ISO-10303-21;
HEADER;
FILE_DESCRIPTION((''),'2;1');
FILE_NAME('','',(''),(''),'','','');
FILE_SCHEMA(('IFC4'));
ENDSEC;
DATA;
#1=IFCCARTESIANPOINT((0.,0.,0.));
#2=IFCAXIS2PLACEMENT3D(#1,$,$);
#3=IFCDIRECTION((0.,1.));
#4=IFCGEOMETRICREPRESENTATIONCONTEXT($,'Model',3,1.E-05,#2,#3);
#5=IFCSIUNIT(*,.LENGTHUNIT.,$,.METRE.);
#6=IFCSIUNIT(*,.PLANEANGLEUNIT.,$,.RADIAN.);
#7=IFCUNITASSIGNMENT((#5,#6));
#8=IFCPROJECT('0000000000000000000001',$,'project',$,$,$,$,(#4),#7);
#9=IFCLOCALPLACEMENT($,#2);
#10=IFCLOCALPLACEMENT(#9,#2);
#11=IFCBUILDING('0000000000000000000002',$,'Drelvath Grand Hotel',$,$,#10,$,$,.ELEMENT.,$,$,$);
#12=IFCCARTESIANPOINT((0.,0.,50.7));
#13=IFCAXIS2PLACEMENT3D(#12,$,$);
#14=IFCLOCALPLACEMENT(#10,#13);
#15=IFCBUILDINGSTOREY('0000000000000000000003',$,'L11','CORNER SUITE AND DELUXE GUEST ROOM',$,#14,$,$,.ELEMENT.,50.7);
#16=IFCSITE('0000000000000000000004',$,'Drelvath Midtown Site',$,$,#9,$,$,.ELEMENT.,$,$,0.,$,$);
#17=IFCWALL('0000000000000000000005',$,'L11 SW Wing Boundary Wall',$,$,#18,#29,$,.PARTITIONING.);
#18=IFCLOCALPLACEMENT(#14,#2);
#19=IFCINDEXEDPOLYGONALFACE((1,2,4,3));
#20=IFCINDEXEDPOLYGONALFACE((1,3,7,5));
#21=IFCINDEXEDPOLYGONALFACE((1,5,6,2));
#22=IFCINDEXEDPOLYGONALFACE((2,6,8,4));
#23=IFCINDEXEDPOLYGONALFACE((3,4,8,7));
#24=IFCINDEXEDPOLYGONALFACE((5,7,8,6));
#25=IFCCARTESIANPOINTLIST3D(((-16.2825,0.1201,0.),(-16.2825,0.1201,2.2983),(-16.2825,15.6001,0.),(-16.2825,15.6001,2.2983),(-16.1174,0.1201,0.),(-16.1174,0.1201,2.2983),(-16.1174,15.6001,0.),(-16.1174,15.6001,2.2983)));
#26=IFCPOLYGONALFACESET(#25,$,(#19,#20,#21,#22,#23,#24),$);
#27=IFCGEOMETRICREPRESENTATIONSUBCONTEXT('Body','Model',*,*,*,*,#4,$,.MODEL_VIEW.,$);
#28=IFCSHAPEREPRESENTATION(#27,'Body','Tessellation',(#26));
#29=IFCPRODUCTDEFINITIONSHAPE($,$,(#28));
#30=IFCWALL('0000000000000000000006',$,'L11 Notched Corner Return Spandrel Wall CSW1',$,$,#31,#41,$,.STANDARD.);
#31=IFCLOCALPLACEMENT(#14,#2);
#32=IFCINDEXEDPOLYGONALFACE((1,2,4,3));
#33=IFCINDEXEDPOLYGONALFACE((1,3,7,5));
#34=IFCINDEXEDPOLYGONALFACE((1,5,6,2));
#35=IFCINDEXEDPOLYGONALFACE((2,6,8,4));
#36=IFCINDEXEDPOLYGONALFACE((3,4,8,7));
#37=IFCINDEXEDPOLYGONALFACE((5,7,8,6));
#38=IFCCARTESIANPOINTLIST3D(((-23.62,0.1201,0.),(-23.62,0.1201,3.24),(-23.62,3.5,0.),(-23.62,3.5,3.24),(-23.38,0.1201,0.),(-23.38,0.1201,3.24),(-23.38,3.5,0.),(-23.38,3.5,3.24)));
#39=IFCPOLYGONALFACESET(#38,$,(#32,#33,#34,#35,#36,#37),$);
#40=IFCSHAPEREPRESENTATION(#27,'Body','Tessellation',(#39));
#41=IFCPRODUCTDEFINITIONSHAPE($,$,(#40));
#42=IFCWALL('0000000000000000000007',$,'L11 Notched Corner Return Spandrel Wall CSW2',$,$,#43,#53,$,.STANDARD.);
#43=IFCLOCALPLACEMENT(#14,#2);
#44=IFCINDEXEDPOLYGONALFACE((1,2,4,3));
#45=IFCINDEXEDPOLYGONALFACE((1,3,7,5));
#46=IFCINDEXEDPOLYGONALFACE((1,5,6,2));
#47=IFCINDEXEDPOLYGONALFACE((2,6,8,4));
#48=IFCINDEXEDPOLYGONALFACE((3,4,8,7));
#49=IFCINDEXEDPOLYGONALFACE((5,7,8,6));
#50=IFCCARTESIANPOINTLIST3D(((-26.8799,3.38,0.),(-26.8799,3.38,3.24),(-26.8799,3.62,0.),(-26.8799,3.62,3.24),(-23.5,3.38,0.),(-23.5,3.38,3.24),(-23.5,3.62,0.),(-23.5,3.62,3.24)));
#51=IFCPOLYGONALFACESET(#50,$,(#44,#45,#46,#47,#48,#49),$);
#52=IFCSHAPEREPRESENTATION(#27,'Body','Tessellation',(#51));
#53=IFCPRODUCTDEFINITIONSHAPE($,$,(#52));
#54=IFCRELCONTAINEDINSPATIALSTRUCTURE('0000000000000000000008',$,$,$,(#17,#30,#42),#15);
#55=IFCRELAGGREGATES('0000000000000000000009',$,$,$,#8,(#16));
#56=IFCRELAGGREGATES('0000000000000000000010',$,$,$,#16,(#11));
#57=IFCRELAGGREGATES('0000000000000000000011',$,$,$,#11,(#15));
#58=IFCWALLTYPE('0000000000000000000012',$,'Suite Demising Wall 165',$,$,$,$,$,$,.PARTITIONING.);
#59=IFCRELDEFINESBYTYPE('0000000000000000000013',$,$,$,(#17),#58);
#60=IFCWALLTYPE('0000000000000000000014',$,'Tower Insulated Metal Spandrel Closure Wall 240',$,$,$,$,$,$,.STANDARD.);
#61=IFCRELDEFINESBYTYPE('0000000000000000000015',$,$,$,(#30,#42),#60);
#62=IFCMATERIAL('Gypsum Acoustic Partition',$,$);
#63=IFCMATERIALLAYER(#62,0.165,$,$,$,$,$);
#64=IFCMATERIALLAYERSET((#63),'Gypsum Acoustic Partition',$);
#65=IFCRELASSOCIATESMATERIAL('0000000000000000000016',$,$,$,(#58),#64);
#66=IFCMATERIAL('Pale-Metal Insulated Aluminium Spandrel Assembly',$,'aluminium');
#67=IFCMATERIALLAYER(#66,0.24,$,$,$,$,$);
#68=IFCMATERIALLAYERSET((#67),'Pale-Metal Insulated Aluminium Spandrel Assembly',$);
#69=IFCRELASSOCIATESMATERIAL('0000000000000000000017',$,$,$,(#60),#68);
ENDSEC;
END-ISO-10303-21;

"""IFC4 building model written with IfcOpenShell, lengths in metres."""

from ifc_helpers import new_model, si_unit, direction, frame, frame_2d, origin, place, context, subcontext, project, spatial, rectangle, extrude, material, layer, layer_set, type_object, element, save


model = new_model("IFC4")

# Units and contexts
model_context = context("Model", 3, precision=1e-05, world=origin(), true_north=direction((0.0, 1.0)))
body_context = subcontext(model_context, "Body", "Model", "MODEL_VIEW")
ifc_project = project(units=[si_unit("LENGTHUNIT", "METRE"), si_unit("PLANEANGLEUNIT", "RADIAN")], contexts=[model_context])

# Site, building, storey
site_placement = place(None, origin())
site = spatial("IfcSite", under=ifc_project, at=site_placement, Name="Drelvath Midtown Site", CompositionType="ELEMENT", RefElevation=0.0)
building_placement = place(site_placement, origin())
building = spatial("IfcBuilding", under=site, at=building_placement, Name="Drelvath Grand Hotel", CompositionType="ELEMENT")
storey_placement = place(building_placement, frame((0.0, 0.0, 50.7)))
storey = spatial("IfcBuildingStorey", under=building, at=storey_placement, Name="L11", Description="CORNER SUITE AND DELUXE GUEST ROOM", CompositionType="ELEMENT", Elevation=50.7)

# Walls
ifc_material_1 = material(Name="Gypsum Acoustic Partition")
ifc_layer_1 = layer(ifc_material_1, 0.165)
ifc_layer_set_1 = layer_set([ifc_layer_1], Name="Gypsum Acoustic Partition")
wall_type_1 = type_object("IfcWallType", Name="Suite Demising Wall 165", PredefinedType="PARTITIONING", material=ifc_layer_set_1)
wall_placement = place(storey_placement, frame((-16.2, 0.1201, 0.0), z_axis=(0.0, 0.0, 1.0), x_axis=(0.0, 1.0, 0.0)))
element("IfcWall", 1, at=wall_placement, inside=storey, type_object=wall_type_1, Name="L11 SW Wing Boundary Wall", PredefinedType="PARTITIONING", context=body_context, shape_type="SweptSolid", body=[
    extrude(rectangle(XDim=15.48, YDim=0.165, at=frame_2d((7.74, 0.0))), origin(), (0.0, 0.0, 1.0), 2.2983),
])
ifc_material_2 = material(Name="Pale-Metal Insulated Aluminium Spandrel Assembly", Category="aluminium")
ifc_layer_2 = layer(ifc_material_2, 0.24)
ifc_layer_set_2 = layer_set([ifc_layer_2], Name="Pale-Metal Insulated Aluminium Spandrel Assembly")
wall_type_2 = type_object("IfcWallType", Name="Tower Insulated Metal Spandrel Closure Wall 240", PredefinedType="STANDARD", material=ifc_layer_set_2)
for number, where, z_axis, x_axis, name in (
    (2, (-23.5, 0.1201, 0.0), (0.0, 0.0, 1.0), (0.0, 1.0, 0.0), "L11 Notched Corner Return Spandrel Wall CSW1"),
    (3, (-23.5, 3.5, 0.0), (0.0, 0.0, 1.0), (-1.0, 0.0, 0.0), "L11 Notched Corner Return Spandrel Wall CSW2"),
):
    element("IfcWall", number, at=place(storey_placement, frame(where, z_axis=z_axis, x_axis=x_axis)), inside=storey, type_object=wall_type_2, Name=name, PredefinedType="STANDARD", context=body_context, shape_type="SweptSolid", body=[
        extrude(rectangle(XDim=3.3799, YDim=0.24, at=frame_2d((1.6899, 0.0))), origin(), (0.0, 0.0, 1.0), 3.24),
    ])

save(model, "model.ifc")
